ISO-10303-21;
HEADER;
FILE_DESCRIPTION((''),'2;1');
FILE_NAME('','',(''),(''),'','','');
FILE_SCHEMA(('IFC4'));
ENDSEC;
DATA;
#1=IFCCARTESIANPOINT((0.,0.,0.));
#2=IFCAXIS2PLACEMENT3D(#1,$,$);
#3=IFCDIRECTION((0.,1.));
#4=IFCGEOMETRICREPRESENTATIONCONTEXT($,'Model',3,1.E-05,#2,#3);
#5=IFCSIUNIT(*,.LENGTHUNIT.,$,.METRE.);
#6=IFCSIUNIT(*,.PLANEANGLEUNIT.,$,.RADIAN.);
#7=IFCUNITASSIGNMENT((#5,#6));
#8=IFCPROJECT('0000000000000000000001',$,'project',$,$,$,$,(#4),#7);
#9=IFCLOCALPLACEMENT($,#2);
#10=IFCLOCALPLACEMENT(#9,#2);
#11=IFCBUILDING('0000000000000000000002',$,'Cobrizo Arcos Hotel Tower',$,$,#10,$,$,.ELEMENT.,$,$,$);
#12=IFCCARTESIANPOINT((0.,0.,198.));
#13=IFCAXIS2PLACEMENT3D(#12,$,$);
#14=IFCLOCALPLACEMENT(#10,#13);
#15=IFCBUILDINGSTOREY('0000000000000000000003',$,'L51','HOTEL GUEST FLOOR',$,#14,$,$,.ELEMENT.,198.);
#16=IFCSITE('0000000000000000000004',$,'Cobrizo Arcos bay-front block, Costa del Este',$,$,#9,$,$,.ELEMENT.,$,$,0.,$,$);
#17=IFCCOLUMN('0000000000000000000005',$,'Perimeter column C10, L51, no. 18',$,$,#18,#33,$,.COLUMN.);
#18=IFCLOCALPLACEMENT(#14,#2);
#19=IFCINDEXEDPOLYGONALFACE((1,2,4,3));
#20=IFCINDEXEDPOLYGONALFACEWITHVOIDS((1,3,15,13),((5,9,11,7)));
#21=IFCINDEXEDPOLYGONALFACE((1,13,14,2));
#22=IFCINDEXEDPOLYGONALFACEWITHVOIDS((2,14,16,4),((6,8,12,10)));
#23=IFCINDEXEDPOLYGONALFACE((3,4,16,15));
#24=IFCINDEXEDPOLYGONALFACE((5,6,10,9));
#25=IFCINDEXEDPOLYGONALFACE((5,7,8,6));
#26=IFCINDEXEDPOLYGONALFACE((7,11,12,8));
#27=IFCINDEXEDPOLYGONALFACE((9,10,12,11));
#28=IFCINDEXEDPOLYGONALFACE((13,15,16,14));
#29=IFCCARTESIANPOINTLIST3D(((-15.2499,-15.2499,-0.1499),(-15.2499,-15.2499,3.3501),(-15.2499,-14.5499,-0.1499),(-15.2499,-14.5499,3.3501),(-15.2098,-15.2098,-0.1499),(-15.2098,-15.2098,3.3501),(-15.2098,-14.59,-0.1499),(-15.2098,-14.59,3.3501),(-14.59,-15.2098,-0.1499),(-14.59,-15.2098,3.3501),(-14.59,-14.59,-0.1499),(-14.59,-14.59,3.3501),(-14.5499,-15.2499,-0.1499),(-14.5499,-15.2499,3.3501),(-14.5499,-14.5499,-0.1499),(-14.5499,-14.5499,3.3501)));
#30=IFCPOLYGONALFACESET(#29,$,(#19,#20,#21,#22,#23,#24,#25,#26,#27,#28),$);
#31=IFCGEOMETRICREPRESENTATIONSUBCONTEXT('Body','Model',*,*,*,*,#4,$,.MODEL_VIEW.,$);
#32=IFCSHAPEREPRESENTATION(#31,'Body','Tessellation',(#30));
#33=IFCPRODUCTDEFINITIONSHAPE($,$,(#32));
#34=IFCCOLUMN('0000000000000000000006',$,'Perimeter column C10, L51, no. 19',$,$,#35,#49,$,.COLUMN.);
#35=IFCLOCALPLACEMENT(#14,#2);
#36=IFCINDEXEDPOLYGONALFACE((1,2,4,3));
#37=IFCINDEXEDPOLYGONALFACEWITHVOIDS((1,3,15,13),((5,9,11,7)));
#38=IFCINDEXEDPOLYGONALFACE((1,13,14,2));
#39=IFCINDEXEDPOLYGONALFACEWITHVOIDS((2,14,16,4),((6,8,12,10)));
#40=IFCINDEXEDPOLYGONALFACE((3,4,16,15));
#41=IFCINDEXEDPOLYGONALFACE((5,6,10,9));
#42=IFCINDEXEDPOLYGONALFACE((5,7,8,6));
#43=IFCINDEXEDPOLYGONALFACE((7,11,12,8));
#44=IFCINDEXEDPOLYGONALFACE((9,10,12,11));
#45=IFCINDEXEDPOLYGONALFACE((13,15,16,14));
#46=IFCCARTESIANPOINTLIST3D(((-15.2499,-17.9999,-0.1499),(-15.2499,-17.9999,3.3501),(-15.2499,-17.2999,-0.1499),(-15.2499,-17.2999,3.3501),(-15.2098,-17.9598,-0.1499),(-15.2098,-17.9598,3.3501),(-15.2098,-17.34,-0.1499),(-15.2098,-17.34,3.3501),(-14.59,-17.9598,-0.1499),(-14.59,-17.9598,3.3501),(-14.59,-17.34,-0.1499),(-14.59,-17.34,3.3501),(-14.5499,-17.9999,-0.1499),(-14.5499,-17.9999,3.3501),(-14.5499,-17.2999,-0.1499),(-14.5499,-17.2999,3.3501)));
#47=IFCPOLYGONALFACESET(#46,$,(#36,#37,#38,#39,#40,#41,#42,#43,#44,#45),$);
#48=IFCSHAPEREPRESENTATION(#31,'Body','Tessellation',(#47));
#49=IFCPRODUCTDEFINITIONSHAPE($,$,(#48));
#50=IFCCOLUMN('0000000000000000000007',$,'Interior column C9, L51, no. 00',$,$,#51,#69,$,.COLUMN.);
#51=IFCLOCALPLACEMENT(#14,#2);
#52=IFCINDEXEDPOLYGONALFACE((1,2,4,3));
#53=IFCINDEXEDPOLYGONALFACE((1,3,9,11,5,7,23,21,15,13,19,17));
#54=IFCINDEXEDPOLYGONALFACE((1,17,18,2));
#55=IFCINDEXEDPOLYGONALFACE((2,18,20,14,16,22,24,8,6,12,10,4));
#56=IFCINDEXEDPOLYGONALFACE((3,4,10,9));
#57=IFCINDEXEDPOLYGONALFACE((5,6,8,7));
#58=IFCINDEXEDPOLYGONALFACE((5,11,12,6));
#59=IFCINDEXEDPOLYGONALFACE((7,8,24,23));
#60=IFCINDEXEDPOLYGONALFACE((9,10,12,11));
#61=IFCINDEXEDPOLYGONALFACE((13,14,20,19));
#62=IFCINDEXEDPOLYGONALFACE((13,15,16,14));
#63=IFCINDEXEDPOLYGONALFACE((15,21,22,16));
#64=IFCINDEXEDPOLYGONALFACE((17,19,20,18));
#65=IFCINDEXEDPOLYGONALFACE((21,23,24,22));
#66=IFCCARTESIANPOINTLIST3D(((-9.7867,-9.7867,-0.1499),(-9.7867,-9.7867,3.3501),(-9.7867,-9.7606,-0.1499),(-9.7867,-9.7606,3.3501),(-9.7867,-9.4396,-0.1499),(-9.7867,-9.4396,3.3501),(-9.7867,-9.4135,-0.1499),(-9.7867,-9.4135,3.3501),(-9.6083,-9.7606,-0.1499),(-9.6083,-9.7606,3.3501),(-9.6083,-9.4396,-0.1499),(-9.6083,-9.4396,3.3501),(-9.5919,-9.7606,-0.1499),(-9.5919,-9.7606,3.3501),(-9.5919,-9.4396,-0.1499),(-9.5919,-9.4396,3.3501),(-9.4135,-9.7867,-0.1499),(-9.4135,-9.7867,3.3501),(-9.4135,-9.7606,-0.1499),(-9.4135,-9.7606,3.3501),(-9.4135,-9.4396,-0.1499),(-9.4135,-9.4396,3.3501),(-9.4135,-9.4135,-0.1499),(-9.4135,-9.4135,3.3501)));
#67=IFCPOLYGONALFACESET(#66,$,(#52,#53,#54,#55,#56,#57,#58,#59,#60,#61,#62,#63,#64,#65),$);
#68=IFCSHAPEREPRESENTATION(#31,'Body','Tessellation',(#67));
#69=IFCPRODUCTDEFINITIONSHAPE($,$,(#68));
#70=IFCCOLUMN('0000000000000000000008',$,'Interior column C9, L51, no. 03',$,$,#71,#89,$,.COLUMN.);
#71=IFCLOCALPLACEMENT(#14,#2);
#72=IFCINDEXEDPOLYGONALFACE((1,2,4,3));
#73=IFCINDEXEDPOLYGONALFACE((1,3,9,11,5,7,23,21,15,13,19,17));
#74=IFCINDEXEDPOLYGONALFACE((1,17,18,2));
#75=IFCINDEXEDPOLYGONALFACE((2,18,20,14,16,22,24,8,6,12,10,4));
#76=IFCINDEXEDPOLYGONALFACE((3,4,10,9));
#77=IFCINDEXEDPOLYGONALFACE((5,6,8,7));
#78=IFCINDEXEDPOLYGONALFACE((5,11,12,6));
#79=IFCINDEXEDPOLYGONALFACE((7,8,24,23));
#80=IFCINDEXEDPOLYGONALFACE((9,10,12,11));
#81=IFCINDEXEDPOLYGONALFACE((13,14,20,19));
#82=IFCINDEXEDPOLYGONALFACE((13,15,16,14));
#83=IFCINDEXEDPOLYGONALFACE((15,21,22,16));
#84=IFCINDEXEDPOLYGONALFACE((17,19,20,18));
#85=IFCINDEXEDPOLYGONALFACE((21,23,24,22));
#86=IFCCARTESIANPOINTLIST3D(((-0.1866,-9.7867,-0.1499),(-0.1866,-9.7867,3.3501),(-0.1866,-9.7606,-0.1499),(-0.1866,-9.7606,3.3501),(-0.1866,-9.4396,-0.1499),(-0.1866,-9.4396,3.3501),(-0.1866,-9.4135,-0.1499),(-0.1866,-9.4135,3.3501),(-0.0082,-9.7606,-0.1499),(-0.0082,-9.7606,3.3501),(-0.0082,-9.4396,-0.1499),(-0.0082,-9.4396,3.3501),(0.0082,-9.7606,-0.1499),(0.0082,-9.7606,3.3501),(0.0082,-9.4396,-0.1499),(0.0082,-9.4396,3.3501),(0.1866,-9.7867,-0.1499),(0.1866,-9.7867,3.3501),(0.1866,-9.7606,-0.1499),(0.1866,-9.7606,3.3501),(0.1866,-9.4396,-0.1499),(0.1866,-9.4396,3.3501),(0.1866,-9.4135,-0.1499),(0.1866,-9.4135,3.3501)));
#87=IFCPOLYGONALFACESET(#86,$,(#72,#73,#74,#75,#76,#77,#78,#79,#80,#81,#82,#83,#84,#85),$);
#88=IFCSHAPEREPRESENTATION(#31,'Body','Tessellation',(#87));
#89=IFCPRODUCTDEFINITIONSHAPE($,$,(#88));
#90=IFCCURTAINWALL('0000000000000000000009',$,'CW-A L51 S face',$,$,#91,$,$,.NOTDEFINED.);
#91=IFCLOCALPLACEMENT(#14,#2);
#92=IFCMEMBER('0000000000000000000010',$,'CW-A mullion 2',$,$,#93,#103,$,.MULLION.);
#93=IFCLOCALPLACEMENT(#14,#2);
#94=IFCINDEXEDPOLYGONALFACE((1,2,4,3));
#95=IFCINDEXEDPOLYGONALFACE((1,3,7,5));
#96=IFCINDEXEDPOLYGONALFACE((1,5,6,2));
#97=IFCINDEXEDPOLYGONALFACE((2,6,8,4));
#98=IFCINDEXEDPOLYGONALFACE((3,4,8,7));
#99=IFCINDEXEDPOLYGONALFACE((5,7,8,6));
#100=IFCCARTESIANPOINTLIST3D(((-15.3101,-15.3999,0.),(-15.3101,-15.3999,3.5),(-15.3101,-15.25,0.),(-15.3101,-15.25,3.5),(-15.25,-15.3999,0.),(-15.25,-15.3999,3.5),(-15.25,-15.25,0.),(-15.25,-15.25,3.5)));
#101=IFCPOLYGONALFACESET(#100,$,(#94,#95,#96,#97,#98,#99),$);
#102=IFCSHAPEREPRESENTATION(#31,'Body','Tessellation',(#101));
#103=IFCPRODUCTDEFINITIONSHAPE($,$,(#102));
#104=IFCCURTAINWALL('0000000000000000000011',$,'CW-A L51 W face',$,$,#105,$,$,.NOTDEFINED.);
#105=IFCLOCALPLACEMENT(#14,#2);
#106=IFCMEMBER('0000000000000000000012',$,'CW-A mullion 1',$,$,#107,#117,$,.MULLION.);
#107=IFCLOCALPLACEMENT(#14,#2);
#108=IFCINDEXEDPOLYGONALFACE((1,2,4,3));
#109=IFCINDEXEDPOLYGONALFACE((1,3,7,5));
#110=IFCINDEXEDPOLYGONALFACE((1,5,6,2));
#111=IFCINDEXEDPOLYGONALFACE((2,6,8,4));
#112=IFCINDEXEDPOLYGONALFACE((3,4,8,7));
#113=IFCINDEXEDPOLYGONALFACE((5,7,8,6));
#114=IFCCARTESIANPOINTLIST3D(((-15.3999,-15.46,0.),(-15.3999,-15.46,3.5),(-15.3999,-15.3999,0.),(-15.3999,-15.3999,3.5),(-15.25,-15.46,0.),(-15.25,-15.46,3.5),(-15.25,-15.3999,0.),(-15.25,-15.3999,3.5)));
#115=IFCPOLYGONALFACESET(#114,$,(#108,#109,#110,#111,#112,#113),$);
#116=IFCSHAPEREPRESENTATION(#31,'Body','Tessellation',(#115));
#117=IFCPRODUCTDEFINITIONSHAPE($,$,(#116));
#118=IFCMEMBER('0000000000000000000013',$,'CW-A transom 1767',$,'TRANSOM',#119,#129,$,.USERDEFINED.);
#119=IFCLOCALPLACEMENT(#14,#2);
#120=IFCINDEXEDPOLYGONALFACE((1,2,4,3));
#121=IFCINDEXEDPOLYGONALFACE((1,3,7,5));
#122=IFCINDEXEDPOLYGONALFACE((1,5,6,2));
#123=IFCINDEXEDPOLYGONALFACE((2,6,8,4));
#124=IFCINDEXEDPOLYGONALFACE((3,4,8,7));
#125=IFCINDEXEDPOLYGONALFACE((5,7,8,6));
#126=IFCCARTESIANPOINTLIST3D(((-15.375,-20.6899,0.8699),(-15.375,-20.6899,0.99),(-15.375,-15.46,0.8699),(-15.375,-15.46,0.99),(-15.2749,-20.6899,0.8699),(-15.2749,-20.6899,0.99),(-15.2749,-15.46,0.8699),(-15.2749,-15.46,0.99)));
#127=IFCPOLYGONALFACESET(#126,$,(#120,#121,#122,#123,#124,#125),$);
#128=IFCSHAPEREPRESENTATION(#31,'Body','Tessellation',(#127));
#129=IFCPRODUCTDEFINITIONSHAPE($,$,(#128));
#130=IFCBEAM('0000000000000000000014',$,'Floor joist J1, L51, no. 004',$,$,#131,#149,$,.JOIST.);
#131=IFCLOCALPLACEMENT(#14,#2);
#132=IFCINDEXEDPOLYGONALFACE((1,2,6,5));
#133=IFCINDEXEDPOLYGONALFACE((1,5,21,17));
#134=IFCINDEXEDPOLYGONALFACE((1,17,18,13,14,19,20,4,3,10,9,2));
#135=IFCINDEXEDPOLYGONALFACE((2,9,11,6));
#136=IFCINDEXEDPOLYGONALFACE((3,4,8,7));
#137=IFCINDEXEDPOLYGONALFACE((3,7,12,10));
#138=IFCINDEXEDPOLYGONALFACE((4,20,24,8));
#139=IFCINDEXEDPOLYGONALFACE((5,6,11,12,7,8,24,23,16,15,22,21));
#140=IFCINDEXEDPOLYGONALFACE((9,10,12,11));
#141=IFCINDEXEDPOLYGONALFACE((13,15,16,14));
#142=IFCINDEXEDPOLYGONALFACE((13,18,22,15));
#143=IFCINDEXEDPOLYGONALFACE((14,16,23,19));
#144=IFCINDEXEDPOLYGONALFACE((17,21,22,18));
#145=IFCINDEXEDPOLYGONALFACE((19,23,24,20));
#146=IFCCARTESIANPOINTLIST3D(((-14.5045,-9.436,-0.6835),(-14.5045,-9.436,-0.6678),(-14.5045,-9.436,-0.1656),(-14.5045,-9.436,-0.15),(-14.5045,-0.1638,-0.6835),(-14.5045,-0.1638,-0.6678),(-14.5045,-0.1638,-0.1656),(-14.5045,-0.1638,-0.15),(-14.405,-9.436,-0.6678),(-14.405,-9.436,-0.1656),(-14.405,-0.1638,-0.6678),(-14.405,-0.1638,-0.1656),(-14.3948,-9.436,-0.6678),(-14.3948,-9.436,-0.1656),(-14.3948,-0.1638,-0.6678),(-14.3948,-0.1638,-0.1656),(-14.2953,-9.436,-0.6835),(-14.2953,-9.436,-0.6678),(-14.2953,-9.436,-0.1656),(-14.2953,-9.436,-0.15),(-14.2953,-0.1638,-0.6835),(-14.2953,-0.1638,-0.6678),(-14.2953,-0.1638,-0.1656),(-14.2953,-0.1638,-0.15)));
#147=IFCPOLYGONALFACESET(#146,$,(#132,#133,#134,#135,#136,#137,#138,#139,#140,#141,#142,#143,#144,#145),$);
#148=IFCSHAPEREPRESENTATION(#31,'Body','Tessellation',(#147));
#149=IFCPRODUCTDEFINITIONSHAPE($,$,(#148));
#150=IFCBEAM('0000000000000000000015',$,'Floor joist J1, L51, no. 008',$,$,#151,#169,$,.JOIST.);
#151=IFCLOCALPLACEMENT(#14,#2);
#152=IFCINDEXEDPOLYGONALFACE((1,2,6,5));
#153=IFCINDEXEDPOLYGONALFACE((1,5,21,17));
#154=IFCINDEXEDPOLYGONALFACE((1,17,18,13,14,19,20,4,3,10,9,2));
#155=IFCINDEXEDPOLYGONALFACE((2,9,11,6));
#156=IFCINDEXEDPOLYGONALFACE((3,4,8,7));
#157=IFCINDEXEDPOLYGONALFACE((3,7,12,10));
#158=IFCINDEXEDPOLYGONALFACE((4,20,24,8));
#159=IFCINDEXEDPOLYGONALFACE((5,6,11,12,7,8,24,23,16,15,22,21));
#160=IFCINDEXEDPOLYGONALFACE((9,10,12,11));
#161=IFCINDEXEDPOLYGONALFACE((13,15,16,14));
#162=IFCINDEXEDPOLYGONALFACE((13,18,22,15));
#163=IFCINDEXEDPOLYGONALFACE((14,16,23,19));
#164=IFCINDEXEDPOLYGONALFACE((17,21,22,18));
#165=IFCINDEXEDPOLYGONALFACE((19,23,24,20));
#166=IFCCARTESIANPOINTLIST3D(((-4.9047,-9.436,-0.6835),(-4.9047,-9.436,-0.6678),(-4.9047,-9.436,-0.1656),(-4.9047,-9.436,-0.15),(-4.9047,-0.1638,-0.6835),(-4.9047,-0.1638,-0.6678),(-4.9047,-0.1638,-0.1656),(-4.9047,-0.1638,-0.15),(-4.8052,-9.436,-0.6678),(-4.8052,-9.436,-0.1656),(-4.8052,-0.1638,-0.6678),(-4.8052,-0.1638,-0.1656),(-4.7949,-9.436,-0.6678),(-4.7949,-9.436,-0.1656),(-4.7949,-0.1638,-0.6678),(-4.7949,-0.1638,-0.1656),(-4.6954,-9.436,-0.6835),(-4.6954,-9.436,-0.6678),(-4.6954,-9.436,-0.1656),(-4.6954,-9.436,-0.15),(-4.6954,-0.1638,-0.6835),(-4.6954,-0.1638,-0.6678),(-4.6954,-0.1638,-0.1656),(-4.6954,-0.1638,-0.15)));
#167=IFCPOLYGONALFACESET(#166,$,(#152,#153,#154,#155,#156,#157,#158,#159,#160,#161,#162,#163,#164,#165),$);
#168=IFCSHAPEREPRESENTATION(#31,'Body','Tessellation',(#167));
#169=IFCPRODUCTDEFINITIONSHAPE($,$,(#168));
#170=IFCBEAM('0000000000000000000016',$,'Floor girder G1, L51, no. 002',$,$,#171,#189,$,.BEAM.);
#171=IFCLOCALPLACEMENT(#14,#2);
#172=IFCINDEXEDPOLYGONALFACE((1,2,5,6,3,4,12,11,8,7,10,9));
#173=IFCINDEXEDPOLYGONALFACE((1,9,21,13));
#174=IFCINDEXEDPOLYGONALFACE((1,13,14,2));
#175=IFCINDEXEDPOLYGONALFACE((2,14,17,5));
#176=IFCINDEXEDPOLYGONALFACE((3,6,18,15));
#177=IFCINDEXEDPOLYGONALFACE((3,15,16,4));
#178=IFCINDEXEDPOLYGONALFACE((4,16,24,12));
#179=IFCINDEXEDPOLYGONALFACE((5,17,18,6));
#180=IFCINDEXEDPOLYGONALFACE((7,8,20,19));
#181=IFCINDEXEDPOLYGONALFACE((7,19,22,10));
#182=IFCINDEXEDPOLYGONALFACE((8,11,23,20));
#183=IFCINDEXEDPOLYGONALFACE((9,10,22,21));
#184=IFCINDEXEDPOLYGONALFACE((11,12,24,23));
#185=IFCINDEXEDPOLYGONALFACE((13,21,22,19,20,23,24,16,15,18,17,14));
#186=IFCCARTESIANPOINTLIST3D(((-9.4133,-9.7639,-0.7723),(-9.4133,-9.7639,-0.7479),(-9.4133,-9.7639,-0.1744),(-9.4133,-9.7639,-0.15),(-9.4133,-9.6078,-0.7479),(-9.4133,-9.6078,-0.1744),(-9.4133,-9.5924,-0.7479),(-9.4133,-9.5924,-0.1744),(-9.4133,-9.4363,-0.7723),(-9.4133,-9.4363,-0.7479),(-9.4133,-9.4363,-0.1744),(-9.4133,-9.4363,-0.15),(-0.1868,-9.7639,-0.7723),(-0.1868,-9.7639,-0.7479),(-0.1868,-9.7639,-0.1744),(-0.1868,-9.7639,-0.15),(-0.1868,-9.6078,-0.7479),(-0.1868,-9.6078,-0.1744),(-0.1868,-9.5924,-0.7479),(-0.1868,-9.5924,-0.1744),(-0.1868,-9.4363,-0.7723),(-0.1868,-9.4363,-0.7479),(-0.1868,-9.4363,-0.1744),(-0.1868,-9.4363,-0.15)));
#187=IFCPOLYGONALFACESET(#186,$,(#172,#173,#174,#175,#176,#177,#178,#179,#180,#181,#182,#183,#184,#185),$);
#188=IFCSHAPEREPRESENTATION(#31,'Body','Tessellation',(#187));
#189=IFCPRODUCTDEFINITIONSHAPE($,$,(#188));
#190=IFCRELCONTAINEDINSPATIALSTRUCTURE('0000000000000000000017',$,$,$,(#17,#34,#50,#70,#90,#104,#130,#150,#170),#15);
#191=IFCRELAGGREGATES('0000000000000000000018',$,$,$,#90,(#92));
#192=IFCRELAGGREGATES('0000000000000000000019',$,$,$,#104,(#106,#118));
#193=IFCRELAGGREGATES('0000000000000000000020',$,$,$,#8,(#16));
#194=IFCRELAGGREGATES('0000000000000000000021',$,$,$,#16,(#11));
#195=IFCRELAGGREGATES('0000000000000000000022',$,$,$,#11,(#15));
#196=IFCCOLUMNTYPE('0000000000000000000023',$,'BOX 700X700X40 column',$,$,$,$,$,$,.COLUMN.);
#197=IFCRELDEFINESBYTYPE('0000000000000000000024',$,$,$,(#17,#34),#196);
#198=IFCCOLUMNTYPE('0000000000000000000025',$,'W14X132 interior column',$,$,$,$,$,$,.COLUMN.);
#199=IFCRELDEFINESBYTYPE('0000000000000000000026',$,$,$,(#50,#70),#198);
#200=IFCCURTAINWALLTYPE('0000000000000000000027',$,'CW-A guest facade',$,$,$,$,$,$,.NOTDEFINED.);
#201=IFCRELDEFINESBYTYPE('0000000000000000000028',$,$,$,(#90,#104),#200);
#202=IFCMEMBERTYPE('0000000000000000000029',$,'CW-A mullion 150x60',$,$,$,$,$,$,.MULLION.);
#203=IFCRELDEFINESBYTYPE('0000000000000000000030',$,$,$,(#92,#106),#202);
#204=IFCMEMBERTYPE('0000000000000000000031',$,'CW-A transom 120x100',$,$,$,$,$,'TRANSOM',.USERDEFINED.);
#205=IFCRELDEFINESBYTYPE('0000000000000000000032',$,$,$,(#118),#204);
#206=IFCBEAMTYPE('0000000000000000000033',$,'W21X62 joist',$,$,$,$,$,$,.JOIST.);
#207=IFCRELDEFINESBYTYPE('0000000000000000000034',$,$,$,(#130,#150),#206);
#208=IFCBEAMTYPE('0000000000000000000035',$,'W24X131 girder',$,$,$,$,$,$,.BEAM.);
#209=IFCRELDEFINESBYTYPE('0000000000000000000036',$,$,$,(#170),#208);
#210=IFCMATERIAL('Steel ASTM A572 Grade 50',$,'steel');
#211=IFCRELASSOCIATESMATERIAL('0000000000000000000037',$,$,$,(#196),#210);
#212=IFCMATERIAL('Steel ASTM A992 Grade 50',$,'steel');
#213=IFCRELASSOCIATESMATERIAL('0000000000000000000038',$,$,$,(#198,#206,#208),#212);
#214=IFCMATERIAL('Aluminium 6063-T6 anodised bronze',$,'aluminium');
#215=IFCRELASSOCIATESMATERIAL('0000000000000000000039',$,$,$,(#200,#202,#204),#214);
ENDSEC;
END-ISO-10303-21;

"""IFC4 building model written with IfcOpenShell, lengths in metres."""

from ifc_helpers import new_model, si_unit, direction, frame, origin, origin_2d, place, context, subcontext, project, spatial, rectangle, hollow_rectangle, i_section, extrude, material, material_profile, profile_set, type_object, element, aggregate, save


model = new_model("IFC4")

# Units and contexts
model_context = context("Model", 3, precision=1e-05, world=origin(), true_north=direction((0.0, 1.0)))
body_context = subcontext(model_context, "Body", "Model", "MODEL_VIEW")
ifc_project = project(units=[si_unit("LENGTHUNIT", "METRE"), si_unit("PLANEANGLEUNIT", "RADIAN")], contexts=[model_context])

# Site, building, storey
site_placement = place(None, origin())
site = spatial("IfcSite", under=ifc_project, at=site_placement, Name="Cobrizo Arcos bay-front block, Costa del Este", CompositionType="ELEMENT", RefElevation=0.0)
building_placement = place(site_placement, origin())
building = spatial("IfcBuilding", under=site, at=building_placement, Name="Cobrizo Arcos Hotel Tower", CompositionType="ELEMENT")
storey_placement = place(building_placement, frame((0.0, 0.0, 198.0)))
storey = spatial("IfcBuildingStorey", under=building, at=storey_placement, Name="L51", Description="HOTEL GUEST FLOOR", CompositionType="ELEMENT", Elevation=198.0)

# Columns
ifc_material_1 = material(Name="Steel ASTM A572 Grade 50", Category="steel")
ifc_material_profile_1 = material_profile(ifc_material_1, hollow_rectangle(XDim=0.7, YDim=0.7, WallThickness=0.04, at=origin_2d()), Name="BOX 700X700X40")
ifc_profile_set_1 = profile_set([ifc_material_profile_1], Name="Steel ASTM A572 Grade 50")
column_type_1 = type_object("IfcColumnType", Name="BOX 700X700X40 column", PredefinedType="COLUMN", material=ifc_profile_set_1)
for number, where, z_axis, x_axis, name in (
    (1, (-14.8999, -14.8999, -0.1499), (0.0, 0.0, 1.0), (1.0, 0.0, 0.0), "Perimeter column C10, L51, no. 18"),
    (2, (-14.8999, -17.6499, -0.1499), (0.0, 0.0, 1.0), (1.0, 0.0, 0.0), "Perimeter column C10, L51, no. 19"),
):
    element("IfcColumn", number, at=place(storey_placement, frame(where, z_axis=z_axis, x_axis=x_axis)), inside=storey, type_object=column_type_1, Name=name, PredefinedType="COLUMN", context=body_context, shape_type="SweptSolid", body=[
        extrude(hollow_rectangle(XDim=0.7, YDim=0.7, WallThickness=0.04, at=origin_2d()), origin(), (0.0, 0.0, 1.0), 3.5),
    ])
ifc_material_2 = material(Name="Steel ASTM A992 Grade 50", Category="steel")
ifc_material_profile_2 = material_profile(ifc_material_2, i_section(OverallWidth=0.3733, OverallDepth=0.3733, WebThickness=0.0164, FlangeThickness=0.0261, at=origin_2d()), Name="W14X132")
ifc_profile_set_2 = profile_set([ifc_material_profile_2], Name="Steel ASTM A992 Grade 50")
column_type_2 = type_object("IfcColumnType", Name="W14X132 interior column", PredefinedType="COLUMN", material=ifc_profile_set_2)
for number, where, z_axis, x_axis, name in (
    (3, (-9.6001, -9.6001, -0.1499), (0.0, 0.0, 1.0), (1.0, 0.0, 0.0), "Interior column C9, L51, no. 00"),
    (4, (0.0, -9.6001, -0.1499), (0.0, 0.0, 1.0), (1.0, 0.0, 0.0), "Interior column C9, L51, no. 03"),
):
    element("IfcColumn", number, at=place(storey_placement, frame(where, z_axis=z_axis, x_axis=x_axis)), inside=storey, type_object=column_type_2, Name=name, PredefinedType="COLUMN", context=body_context, shape_type="SweptSolid", body=[
        extrude(i_section(OverallWidth=0.3733, OverallDepth=0.3733, WebThickness=0.0164, FlangeThickness=0.0261, at=origin_2d()), origin(), (0.0, 0.0, 1.0), 3.5),
    ])

# Curtain wall, member
ifc_material_3 = material(Name="Aluminium 6063-T6 anodised bronze", Category="aluminium")
curtain_wall_type = type_object("IfcCurtainWallType", Name="CW-A guest facade", PredefinedType="NOTDEFINED", material=ifc_material_3)
curtain_wall_1_placement = place(storey_placement, origin())
curtain_wall_1 = element("IfcCurtainWall", 5, at=curtain_wall_1_placement, inside=storey, type_object=curtain_wall_type, Name="CW-A L51 S face", PredefinedType="NOTDEFINED")
ifc_material_profile_3 = material_profile(ifc_material_3, rectangle(XDim=0.1499, YDim=0.0601, at=origin_2d()), Name="CW-A mullion 150x60")
ifc_profile_set_3 = profile_set([ifc_material_profile_3], Name="Aluminium 6063-T6 anodised bronze")
member_type_1 = type_object("IfcMemberType", Name="CW-A mullion 150x60", PredefinedType="MULLION", material=ifc_profile_set_3)
member_1_placement = place(storey_placement, frame((-15.28, -15.325, 0.0), z_axis=(0.0, 0.0, 1.0), x_axis=(0.0, -1.0, 0.0)))
member_1 = element("IfcMember", 6, at=member_1_placement, type_object=member_type_1, Name="CW-A mullion 2", PredefinedType="MULLION", context=body_context, shape_type="SweptSolid", body=[
    extrude(rectangle(XDim=0.1499, YDim=0.0601, at=origin_2d()), origin(), (0.0, 0.0, 1.0), 3.5),
])
aggregate(curtain_wall_1, [member_1])

# Curtain wall, members
curtain_wall_2_placement = place(storey_placement, origin())
curtain_wall_2 = element("IfcCurtainWall", 7, at=curtain_wall_2_placement, inside=storey, type_object=curtain_wall_type, Name="CW-A L51 W face", PredefinedType="NOTDEFINED")
member_2_placement = place(storey_placement, frame((-15.325, -15.4299, 0.0), z_axis=(0.0, 0.0, 1.0), x_axis=(-1.0, 0.0, 0.0)))
member_2 = element("IfcMember", 8, at=member_2_placement, type_object=member_type_1, Name="CW-A mullion 1", PredefinedType="MULLION", context=body_context, shape_type="SweptSolid", body=[
    extrude(rectangle(XDim=0.1499, YDim=0.0601, at=origin_2d()), origin(), (0.0, 0.0, 1.0), 3.5),
])
ifc_material_profile_4 = material_profile(ifc_material_3, rectangle(XDim=0.1001, YDim=0.1201, at=origin_2d()), Name="CW-A transom 120x100")
ifc_profile_set_4 = profile_set([ifc_material_profile_4], Name="Aluminium 6063-T6 anodised bronze")
member_type_2 = type_object("IfcMemberType", Name="CW-A transom 120x100", ElementType="TRANSOM", PredefinedType="USERDEFINED", material=ifc_profile_set_4)
member_3_placement = place(storey_placement, frame((-15.325, -15.46, 0.9299), z_axis=(0.0, -1.0, 0.0), x_axis=(1.0, 0.0, 0.0)))
member_3 = element("IfcMember", 9, at=member_3_placement, type_object=member_type_2, Name="CW-A transom 1767", ObjectType="TRANSOM", PredefinedType="USERDEFINED", context=body_context, shape_type="SweptSolid", body=[
    extrude(rectangle(XDim=0.1001, YDim=0.1201, at=origin_2d()), origin(), (0.0, 0.0, 1.0), 5.23),
])
aggregate(curtain_wall_2, [member_2, member_3])

# Beams
ifc_material_profile_5 = material_profile(ifc_material_2, i_section(OverallWidth=0.2092, OverallDepth=0.5334, WebThickness=0.0103, FlangeThickness=0.0156, at=origin_2d()), Name="W21X62")
ifc_profile_set_5 = profile_set([ifc_material_profile_5], Name="Steel ASTM A992 Grade 50")
beam_type_1 = type_object("IfcBeamType", Name="W21X62 joist", PredefinedType="JOIST", material=ifc_profile_set_5)
for number, where, z_axis, x_axis, name in (
    (10, (-14.3999, -9.436, -0.4167), (0.0, 1.0, 0.0), (-1.0, 0.0, 0.0), "Floor joist J1, L51, no. 004"),
    (11, (-4.8, -9.436, -0.4167), (0.0, 1.0, 0.0), (-1.0, 0.0, 0.0), "Floor joist J1, L51, no. 008"),
):
    element("IfcBeam", number, at=place(storey_placement, frame(where, z_axis=z_axis, x_axis=x_axis)), inside=storey, type_object=beam_type_1, Name=name, PredefinedType="JOIST", context=body_context, shape_type="SweptSolid", body=[
        extrude(i_section(OverallWidth=0.2092, OverallDepth=0.5334, WebThickness=0.0103, FlangeThickness=0.0156, at=origin_2d()), origin(), (0.0, 0.0, 1.0), 9.2722),
    ])
ifc_material_profile_6 = material_profile(ifc_material_2, i_section(OverallWidth=0.3276, OverallDepth=0.6223, WebThickness=0.0154, FlangeThickness=0.0244, at=origin_2d()), Name="W24X131")
ifc_profile_set_6 = profile_set([ifc_material_profile_6], Name="Steel ASTM A992 Grade 50")
beam_type_2 = type_object("IfcBeamType", Name="W24X131 girder", PredefinedType="BEAM", material=ifc_profile_set_6)
for number, where, z_axis, x_axis, name in (
    (12, (-9.4133, -9.6001, -0.4612), (1.0, 0.0, 0.0), (0.0, 1.0, 0.0), "Floor girder G1, L51, no. 002"),
):
    element("IfcBeam", number, at=place(storey_placement, frame(where, z_axis=z_axis, x_axis=x_axis)), inside=storey, type_object=beam_type_2, Name=name, PredefinedType="BEAM", context=body_context, shape_type="SweptSolid", body=[
        extrude(i_section(OverallWidth=0.3276, OverallDepth=0.6223, WebThickness=0.0154, FlangeThickness=0.0244, at=origin_2d()), origin(), (0.0, 0.0, 1.0), 9.2266),
    ])

save(model, "model.ifc")
